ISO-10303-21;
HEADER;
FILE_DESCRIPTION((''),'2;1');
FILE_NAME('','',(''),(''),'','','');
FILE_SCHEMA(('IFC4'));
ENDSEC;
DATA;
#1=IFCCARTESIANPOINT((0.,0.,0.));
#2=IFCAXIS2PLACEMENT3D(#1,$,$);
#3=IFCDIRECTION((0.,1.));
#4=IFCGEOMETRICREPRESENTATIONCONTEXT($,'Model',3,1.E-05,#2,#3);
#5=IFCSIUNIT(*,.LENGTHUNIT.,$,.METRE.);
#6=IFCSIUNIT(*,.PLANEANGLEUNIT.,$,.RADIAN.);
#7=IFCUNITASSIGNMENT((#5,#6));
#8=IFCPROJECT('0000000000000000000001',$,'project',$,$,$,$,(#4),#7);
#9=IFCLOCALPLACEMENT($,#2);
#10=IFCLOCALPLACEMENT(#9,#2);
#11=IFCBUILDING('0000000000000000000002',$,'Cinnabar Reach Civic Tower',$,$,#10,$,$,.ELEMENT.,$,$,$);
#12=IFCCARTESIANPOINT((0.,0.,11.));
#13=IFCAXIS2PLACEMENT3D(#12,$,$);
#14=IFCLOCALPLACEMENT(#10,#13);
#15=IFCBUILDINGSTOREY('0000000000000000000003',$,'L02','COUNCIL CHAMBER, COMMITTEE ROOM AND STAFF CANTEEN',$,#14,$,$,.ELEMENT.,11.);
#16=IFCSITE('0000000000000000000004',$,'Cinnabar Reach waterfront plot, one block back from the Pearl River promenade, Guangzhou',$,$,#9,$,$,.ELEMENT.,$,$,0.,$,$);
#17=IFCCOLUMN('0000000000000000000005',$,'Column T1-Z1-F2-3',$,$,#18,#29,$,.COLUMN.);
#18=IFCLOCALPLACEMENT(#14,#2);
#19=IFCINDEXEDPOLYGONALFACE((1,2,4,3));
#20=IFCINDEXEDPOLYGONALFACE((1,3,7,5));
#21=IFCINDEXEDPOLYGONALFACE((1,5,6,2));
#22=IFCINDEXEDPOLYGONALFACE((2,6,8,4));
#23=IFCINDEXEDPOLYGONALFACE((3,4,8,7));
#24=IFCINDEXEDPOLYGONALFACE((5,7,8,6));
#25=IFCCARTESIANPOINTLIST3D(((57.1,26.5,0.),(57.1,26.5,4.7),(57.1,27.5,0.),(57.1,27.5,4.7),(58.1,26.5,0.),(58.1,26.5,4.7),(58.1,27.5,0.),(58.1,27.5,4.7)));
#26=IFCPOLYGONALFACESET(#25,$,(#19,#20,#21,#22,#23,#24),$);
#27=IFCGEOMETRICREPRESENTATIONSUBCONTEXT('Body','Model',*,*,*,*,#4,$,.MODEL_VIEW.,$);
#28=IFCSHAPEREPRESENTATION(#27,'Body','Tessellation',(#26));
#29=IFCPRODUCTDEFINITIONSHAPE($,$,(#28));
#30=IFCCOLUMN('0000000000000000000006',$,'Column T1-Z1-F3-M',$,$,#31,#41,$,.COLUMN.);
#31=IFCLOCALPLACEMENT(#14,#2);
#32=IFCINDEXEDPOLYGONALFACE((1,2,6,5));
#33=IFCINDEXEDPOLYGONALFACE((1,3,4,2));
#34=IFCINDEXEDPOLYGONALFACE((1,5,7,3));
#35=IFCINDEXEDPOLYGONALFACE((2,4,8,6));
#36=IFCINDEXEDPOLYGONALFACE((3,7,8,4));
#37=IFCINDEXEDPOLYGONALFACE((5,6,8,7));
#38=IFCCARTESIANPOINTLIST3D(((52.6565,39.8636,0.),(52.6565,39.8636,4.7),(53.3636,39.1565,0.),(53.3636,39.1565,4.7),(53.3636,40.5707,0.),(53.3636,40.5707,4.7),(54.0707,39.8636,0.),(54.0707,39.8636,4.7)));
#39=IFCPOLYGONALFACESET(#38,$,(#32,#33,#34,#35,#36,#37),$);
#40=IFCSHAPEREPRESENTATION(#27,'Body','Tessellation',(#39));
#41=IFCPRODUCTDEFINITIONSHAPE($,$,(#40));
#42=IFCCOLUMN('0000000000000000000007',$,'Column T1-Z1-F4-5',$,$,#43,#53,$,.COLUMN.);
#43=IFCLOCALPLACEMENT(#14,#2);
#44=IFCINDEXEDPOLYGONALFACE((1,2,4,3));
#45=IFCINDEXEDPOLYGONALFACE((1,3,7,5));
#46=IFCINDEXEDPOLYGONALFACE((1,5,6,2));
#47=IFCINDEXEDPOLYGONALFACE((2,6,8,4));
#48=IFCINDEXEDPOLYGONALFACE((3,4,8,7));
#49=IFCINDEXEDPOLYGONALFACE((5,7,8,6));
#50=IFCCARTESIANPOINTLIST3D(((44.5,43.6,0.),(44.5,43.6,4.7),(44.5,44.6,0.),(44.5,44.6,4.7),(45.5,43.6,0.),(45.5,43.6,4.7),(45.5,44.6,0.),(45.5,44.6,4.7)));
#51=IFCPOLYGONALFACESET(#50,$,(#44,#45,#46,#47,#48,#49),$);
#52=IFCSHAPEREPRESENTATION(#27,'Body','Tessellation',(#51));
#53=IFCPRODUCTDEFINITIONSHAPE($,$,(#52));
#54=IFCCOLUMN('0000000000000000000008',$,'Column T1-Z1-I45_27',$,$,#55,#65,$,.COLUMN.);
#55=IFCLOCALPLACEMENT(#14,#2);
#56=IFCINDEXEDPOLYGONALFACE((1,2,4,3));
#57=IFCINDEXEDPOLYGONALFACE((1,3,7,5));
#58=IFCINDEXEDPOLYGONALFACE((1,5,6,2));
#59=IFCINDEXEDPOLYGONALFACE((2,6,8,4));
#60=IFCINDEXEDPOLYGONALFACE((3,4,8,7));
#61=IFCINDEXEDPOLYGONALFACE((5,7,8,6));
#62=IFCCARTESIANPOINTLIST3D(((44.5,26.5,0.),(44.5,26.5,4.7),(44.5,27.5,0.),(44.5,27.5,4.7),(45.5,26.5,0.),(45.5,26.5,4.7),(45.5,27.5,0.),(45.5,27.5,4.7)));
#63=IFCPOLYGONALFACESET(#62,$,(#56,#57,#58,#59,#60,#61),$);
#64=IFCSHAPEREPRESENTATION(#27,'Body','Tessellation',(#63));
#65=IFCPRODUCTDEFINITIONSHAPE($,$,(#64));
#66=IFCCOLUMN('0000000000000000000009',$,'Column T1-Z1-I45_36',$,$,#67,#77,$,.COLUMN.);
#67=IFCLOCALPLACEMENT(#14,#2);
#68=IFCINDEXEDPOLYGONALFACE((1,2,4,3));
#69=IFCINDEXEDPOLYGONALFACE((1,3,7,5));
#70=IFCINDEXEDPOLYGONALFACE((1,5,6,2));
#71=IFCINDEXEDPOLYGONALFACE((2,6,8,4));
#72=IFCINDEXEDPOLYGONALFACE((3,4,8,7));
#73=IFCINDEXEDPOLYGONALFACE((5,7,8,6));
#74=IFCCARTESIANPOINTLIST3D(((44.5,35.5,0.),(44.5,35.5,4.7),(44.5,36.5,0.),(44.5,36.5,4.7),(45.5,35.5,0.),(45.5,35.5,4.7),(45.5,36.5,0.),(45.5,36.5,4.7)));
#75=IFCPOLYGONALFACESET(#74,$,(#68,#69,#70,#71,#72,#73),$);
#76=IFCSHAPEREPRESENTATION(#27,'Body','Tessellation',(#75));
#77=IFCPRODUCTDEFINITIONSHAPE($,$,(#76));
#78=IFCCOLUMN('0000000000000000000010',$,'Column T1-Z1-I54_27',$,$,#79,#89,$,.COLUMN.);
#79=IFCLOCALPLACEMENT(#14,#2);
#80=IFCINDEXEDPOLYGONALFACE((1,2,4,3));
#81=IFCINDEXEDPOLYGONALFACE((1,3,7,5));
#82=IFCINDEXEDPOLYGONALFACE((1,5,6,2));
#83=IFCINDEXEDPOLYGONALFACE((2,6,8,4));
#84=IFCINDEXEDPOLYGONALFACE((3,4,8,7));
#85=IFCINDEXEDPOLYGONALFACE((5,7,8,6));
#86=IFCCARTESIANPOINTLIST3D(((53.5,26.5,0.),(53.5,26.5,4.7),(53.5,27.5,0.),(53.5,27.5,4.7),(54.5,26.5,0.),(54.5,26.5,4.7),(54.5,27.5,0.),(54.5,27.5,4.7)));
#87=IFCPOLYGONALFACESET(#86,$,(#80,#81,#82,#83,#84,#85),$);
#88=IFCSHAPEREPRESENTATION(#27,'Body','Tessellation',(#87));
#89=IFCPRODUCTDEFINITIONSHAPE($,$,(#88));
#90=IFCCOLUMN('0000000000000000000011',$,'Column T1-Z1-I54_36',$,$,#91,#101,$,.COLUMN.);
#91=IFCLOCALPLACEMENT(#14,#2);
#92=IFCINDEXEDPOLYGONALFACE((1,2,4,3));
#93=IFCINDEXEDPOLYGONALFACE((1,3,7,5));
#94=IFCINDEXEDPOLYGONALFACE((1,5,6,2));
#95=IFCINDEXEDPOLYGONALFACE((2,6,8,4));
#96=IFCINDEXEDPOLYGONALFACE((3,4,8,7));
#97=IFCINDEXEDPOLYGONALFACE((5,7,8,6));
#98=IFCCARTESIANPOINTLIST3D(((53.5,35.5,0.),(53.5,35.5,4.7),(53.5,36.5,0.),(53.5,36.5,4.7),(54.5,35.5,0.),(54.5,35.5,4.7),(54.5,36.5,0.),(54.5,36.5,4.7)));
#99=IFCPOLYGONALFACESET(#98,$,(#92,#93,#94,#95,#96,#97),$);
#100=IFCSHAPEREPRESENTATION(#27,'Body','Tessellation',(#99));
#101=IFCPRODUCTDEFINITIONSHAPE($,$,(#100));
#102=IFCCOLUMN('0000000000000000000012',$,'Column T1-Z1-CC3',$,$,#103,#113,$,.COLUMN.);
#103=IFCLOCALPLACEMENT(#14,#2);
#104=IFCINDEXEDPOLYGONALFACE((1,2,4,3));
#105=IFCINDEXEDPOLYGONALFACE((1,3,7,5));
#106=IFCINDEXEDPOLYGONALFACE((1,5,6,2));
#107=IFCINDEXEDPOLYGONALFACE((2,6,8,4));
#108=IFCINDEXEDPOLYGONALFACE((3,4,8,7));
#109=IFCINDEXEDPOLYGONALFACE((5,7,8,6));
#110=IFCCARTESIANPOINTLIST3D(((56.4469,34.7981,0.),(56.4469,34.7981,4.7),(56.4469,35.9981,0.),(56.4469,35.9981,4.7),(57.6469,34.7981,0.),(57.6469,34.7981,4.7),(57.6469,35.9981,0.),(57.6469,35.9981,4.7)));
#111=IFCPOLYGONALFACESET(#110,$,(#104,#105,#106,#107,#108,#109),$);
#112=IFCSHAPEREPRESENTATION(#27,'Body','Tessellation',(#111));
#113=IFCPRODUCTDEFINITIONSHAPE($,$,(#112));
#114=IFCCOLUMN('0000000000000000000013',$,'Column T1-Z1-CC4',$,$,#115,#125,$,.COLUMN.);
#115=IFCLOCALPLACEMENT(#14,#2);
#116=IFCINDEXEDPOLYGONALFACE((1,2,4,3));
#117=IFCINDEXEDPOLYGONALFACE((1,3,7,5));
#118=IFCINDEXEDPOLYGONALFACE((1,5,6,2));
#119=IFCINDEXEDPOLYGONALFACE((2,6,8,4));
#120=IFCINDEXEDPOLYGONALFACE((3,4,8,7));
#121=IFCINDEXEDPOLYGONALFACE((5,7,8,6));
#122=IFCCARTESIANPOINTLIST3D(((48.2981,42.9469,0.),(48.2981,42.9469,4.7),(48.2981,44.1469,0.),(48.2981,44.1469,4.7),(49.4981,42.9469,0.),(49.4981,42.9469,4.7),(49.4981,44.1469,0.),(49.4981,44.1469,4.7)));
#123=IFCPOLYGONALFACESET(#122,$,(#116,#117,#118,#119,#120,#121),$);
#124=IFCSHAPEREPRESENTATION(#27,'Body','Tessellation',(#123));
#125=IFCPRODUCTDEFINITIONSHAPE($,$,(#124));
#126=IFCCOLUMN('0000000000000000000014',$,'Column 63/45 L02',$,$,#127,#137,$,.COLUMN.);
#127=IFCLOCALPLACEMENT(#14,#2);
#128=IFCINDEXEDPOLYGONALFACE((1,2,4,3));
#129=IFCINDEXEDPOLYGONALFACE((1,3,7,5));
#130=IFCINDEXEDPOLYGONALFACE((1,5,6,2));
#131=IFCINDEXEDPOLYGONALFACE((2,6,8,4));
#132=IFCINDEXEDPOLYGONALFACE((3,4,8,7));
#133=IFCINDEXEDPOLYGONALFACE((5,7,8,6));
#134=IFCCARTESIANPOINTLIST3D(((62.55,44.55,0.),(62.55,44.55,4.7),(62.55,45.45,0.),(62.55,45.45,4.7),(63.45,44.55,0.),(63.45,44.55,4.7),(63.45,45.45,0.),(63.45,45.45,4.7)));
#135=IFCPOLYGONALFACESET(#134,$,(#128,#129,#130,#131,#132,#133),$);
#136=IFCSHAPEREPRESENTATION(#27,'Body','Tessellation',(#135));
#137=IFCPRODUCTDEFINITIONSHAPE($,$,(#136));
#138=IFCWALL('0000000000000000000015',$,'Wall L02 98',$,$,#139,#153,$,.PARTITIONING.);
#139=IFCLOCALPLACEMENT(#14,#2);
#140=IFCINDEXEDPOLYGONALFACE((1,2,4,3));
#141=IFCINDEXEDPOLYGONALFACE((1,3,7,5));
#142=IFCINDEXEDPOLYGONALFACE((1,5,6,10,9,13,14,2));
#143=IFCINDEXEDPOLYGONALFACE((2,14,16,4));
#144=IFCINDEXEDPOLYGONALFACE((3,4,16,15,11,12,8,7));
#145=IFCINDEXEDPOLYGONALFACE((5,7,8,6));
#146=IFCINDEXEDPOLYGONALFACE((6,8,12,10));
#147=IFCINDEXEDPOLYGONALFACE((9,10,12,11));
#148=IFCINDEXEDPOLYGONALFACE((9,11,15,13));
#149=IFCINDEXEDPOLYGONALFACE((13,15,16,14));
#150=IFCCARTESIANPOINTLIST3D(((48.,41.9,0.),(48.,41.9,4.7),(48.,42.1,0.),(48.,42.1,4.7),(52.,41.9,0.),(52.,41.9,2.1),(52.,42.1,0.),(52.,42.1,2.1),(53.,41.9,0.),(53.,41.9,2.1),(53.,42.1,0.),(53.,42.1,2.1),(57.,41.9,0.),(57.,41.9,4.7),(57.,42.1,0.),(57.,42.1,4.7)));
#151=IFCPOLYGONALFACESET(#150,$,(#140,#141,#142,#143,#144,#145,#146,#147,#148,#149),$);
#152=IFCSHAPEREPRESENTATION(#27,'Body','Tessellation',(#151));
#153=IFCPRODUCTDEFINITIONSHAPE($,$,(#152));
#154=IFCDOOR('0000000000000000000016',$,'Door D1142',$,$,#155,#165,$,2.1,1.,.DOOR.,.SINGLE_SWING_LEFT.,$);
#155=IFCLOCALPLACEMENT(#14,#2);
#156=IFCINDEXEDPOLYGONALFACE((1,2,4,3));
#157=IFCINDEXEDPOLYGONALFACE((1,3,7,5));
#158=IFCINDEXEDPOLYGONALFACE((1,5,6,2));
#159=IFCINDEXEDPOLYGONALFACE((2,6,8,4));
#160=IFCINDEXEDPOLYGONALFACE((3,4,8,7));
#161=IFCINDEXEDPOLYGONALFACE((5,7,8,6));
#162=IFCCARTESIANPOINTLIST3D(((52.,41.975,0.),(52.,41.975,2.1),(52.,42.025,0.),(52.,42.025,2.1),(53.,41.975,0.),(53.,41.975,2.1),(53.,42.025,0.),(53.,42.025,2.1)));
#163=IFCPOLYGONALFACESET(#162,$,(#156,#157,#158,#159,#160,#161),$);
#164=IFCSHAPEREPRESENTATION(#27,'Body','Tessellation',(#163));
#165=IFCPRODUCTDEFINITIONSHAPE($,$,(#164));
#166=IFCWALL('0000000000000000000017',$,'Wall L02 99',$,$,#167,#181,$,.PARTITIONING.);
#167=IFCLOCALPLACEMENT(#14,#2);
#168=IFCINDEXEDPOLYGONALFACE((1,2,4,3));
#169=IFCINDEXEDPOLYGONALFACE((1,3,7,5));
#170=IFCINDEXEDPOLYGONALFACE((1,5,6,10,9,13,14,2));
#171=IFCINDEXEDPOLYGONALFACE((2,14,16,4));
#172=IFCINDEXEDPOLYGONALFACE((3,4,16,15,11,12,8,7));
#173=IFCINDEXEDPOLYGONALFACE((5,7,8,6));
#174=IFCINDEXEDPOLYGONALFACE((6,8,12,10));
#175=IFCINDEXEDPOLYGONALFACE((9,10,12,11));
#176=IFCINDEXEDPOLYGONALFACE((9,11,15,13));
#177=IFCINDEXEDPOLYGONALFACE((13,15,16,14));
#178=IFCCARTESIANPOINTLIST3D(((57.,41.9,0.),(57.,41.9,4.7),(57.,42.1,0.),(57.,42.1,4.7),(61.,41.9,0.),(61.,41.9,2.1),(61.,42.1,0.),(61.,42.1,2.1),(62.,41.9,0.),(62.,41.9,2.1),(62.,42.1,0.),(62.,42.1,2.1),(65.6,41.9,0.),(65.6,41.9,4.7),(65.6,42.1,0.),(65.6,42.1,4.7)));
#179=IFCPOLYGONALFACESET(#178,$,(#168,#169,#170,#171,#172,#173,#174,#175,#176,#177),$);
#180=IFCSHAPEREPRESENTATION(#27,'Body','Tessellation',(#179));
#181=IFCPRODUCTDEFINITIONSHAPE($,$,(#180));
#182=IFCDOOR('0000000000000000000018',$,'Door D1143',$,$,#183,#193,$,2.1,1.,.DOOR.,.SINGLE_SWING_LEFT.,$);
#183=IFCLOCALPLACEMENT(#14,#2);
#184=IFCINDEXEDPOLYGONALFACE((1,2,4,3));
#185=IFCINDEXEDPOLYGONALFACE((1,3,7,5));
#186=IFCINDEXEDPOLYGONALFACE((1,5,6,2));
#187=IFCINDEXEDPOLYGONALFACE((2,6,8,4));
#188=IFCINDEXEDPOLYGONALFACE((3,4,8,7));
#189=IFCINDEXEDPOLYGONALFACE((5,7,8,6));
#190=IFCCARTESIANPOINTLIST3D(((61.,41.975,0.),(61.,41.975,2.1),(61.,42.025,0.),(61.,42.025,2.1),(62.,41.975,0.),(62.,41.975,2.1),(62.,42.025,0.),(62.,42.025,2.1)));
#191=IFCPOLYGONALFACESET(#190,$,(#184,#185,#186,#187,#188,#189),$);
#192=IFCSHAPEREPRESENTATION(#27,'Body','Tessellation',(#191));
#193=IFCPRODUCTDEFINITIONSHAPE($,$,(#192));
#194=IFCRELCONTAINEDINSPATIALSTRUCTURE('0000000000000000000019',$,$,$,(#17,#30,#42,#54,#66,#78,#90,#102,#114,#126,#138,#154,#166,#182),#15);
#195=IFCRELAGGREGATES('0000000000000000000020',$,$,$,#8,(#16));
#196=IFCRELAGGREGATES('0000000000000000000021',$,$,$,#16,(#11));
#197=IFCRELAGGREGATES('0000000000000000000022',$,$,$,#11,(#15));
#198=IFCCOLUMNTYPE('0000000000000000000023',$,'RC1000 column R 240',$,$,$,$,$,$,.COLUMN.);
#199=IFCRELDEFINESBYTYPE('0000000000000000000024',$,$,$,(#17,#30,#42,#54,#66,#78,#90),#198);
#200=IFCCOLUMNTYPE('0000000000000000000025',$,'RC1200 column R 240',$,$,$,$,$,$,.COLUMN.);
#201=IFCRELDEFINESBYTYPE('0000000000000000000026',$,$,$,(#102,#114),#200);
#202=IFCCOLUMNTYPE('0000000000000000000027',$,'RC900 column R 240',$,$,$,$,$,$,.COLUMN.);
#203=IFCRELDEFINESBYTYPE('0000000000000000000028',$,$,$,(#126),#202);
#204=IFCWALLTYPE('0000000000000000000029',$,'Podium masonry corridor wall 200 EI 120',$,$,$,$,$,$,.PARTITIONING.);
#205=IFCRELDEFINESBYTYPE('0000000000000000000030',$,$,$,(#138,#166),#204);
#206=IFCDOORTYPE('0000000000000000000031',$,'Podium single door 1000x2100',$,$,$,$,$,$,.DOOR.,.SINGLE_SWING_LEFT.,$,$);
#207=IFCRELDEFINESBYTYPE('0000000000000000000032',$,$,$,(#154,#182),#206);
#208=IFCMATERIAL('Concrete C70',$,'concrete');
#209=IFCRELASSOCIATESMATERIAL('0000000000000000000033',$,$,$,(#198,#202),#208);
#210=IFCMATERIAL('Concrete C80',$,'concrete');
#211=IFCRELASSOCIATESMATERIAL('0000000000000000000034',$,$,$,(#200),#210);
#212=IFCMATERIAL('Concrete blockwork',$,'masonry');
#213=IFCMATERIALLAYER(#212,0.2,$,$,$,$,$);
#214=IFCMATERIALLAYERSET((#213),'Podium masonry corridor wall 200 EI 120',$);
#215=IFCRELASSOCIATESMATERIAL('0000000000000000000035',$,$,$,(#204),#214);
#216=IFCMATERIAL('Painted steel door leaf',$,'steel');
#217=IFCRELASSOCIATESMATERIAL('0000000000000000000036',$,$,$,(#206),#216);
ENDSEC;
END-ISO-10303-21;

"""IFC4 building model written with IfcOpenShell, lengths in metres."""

from ifc_helpers import new_model, si_unit, direction, frame, frame_2d, origin, origin_2d, place, context, subcontext, project, spatial, rectangle, extrude, material, layer, layer_set, material_profile, profile_set, type_object, element, fill, save


model = new_model("IFC4")

# Units and contexts
model_context = context("Model", 3, precision=1e-05, world=origin(), true_north=direction((0.0, 1.0)))
body_context = subcontext(model_context, "Body", "Model", "MODEL_VIEW")
ifc_project = project(units=[si_unit("LENGTHUNIT", "METRE"), si_unit("PLANEANGLEUNIT", "RADIAN")], contexts=[model_context])

# Site, building, storey
site_placement = place(None, origin())
site = spatial("IfcSite", under=ifc_project, at=site_placement, Name="Cinnabar Reach waterfront plot, one block back from the Pearl River promenade, Guangzhou", CompositionType="ELEMENT", RefElevation=0.0)
building_placement = place(site_placement, origin())
building = spatial("IfcBuilding", under=site, at=building_placement, Name="Cinnabar Reach Civic Tower", CompositionType="ELEMENT")
storey_placement = place(building_placement, frame((0.0, 0.0, 11.0)))
storey = spatial("IfcBuildingStorey", under=building, at=storey_placement, Name="L02", Description="COUNCIL CHAMBER, COMMITTEE ROOM AND STAFF CANTEEN", CompositionType="ELEMENT", Elevation=11.0)

# Columns
ifc_material_1 = material(Name="Concrete C70", Category="concrete")
ifc_material_profile_1 = material_profile(ifc_material_1, rectangle(XDim=1.0, YDim=1.0, at=origin_2d()), Name="RC1000")
ifc_profile_set_1 = profile_set([ifc_material_profile_1], Name="Concrete C70")
column_type_1 = type_object("IfcColumnType", Name="RC1000 column R 240", PredefinedType="COLUMN", material=ifc_profile_set_1)
for number, where, z_axis, x_axis, name in (
    (1, (57.6, 27.0, 0.0), (0.0, 0.0, 1.0), (1.0, 0.0, 0.0), "Column T1-Z1-F2-3"),
    (2, (53.3636, 39.8636, 0.0), (0.0, 0.0, 1.0), (0.707107, 0.707107, 0.0), "Column T1-Z1-F3-M"),
    (3, (45.0, 44.1, 0.0), (0.0, 0.0, 1.0), (1.0, 0.0, 0.0), "Column T1-Z1-F4-5"),
    (4, (45.0, 27.0, 0.0), (0.0, 0.0, 1.0), (1.0, 0.0, 0.0), "Column T1-Z1-I45_27"),
    (5, (45.0, 36.0, 0.0), (0.0, 0.0, 1.0), (1.0, 0.0, 0.0), "Column T1-Z1-I45_36"),
    (6, (54.0, 27.0, 0.0), (0.0, 0.0, 1.0), (1.0, 0.0, 0.0), "Column T1-Z1-I54_27"),
    (7, (54.0, 36.0, 0.0), (0.0, 0.0, 1.0), (1.0, 0.0, 0.0), "Column T1-Z1-I54_36"),
):
    element("IfcColumn", number, at=place(storey_placement, frame(where, z_axis=z_axis, x_axis=x_axis)), inside=storey, type_object=column_type_1, Name=name, PredefinedType="COLUMN", context=body_context, shape_type="SweptSolid", body=[
        extrude(rectangle(XDim=1.0, YDim=1.0, at=origin_2d()), origin(), (0.0, 0.0, 1.0), 4.7),
    ])
ifc_material_2 = material(Name="Concrete C80", Category="concrete")
ifc_material_profile_2 = material_profile(ifc_material_2, rectangle(XDim=1.2, YDim=1.2, at=origin_2d()), Name="RC1200")
ifc_profile_set_2 = profile_set([ifc_material_profile_2], Name="Concrete C80")
column_type_2 = type_object("IfcColumnType", Name="RC1200 column R 240", PredefinedType="COLUMN", material=ifc_profile_set_2)
for number, where, z_axis, x_axis, name in (
    (8, (57.0469, 35.3981, 0.0), (0.0, 0.0, 1.0), (1.0, 0.0, 0.0), "Column T1-Z1-CC3"),
    (9, (48.8981, 43.5469, 0.0), (0.0, 0.0, 1.0), (1.0, 0.0, 0.0), "Column T1-Z1-CC4"),
):
    element("IfcColumn", number, at=place(storey_placement, frame(where, z_axis=z_axis, x_axis=x_axis)), inside=storey, type_object=column_type_2, Name=name, PredefinedType="COLUMN", context=body_context, shape_type="SweptSolid", body=[
        extrude(rectangle(XDim=1.2, YDim=1.2, at=origin_2d()), origin(), (0.0, 0.0, 1.0), 4.7),
    ])
ifc_material_profile_3 = material_profile(ifc_material_1, rectangle(XDim=0.9, YDim=0.9, at=origin_2d()), Name="RC900")
ifc_profile_set_3 = profile_set([ifc_material_profile_3], Name="Concrete C70")
column_type_3 = type_object("IfcColumnType", Name="RC900 column R 240", PredefinedType="COLUMN", material=ifc_profile_set_3)
column_placement = place(storey_placement, frame((63.0, 45.0, 0.0), z_axis=(0.0, 0.0, 1.0), x_axis=(1.0, 0.0, 0.0)))
element("IfcColumn", 10, at=column_placement, inside=storey, type_object=column_type_3, Name="Column 63/45 L02", PredefinedType="COLUMN", context=body_context, shape_type="SweptSolid", body=[
    extrude(rectangle(XDim=0.9, YDim=0.9, at=origin_2d()), origin(), (0.0, 0.0, 1.0), 4.7),
])

# Walls, openings, doors
ifc_material_3 = material(Name="Concrete blockwork", Category="masonry")
ifc_layer_1 = layer(ifc_material_3, 0.2)
ifc_layer_set_1 = layer_set([ifc_layer_1], Name="Podium masonry corridor wall 200 EI 120")
wall_type_1 = type_object("IfcWallType", Name="Podium masonry corridor wall 200 EI 120", PredefinedType="PARTITIONING", material=ifc_layer_set_1)
wall_1_placement = place(storey_placement, frame((48.0, 42.0, 0.0), z_axis=(0.0, 0.0, 1.0), x_axis=(1.0, 0.0, 0.0)))
wall_1 = element("IfcWall", 11, at=wall_1_placement, inside=storey, type_object=wall_type_1, Name="Wall L02 98", PredefinedType="PARTITIONING", context=body_context, shape_type="SweptSolid", body=[
    extrude(rectangle(XDim=9.0, YDim=0.2, at=frame_2d((4.5, 0.0))), origin(), (0.0, 0.0, 1.0), 4.7),
])
opening_1_placement = place(wall_1_placement, frame((4.0, 0.0, 0.0)))
opening_1 = element("IfcOpeningElement", 12, at=opening_1_placement, cuts=wall_1, PredefinedType="OPENING", context=body_context, shape_type="SweptSolid", body=[
    extrude(rectangle(XDim=1.0, YDim=2.1, at=frame_2d((0.5, 1.05))), frame((0.0, 0.11, 0.0), z_axis=(0.0, -1.0, 0.0), x_axis=(1.0, 0.0, 0.0)), (0.0, 0.0, 1.0), 0.22),
])
ifc_material_4 = material(Name="Painted steel door leaf", Category="steel")
door_type_1 = type_object("IfcDoorType", Name="Podium single door 1000x2100", OperationType="SINGLE_SWING_LEFT", PredefinedType="DOOR", material=ifc_material_4)
door_1_placement = place(opening_1_placement, frame((1.0, 0.0, 0.0), z_axis=(0.0, 0.0, 1.0), x_axis=(-1.0, 0.0, 0.0)))
door_1 = element("IfcDoor", 13, at=door_1_placement, inside=storey, type_object=door_type_1, Name="Door D1142", OperationType="SINGLE_SWING_LEFT", OverallHeight=2.1, OverallWidth=1.0, PredefinedType="DOOR", context=body_context, shape_type="SweptSolid", body=[
    extrude(rectangle(XDim=1.0, YDim=2.1, at=frame_2d((0.5, 1.05))), frame((0.0, 0.025, 0.0), z_axis=(0.0, -1.0, 0.0), x_axis=(1.0, 0.0, 0.0)), (0.0, 0.0, 1.0), 0.05),
])
fill(opening_1, door_1)
wall_2_placement = place(storey_placement, frame((57.0, 42.0, 0.0), z_axis=(0.0, 0.0, 1.0), x_axis=(1.0, 0.0, 0.0)))
wall_2 = element("IfcWall", 14, at=wall_2_placement, inside=storey, type_object=wall_type_1, Name="Wall L02 99", PredefinedType="PARTITIONING", context=body_context, shape_type="SweptSolid", body=[
    extrude(rectangle(XDim=8.6, YDim=0.2, at=frame_2d((4.3, 0.0))), origin(), (0.0, 0.0, 1.0), 4.7),
])
opening_2_placement = place(wall_2_placement, frame((4.0, 0.0, 0.0)))
opening_2 = element("IfcOpeningElement", 15, at=opening_2_placement, cuts=wall_2, PredefinedType="OPENING", context=body_context, shape_type="SweptSolid", body=[
    extrude(rectangle(XDim=1.0, YDim=2.1, at=frame_2d((0.5, 1.05))), frame((0.0, 0.11, 0.0), z_axis=(0.0, -1.0, 0.0), x_axis=(1.0, 0.0, 0.0)), (0.0, 0.0, 1.0), 0.22),
])
door_2_placement = place(opening_2_placement, frame((1.0, 0.0, 0.0), z_axis=(0.0, 0.0, 1.0), x_axis=(-1.0, 0.0, 0.0)))
door_2 = element("IfcDoor", 16, at=door_2_placement, inside=storey, type_object=door_type_1, Name="Door D1143", OperationType="SINGLE_SWING_LEFT", OverallHeight=2.1, OverallWidth=1.0, PredefinedType="DOOR", context=body_context, shape_type="SweptSolid", body=[
    extrude(rectangle(XDim=1.0, YDim=2.1, at=frame_2d((0.5, 1.05))), frame((0.0, 0.025, 0.0), z_axis=(0.0, -1.0, 0.0), x_axis=(1.0, 0.0, 0.0)), (0.0, 0.0, 1.0), 0.05),
])
fill(opening_2, door_2)

save(model, "model.ifc")
